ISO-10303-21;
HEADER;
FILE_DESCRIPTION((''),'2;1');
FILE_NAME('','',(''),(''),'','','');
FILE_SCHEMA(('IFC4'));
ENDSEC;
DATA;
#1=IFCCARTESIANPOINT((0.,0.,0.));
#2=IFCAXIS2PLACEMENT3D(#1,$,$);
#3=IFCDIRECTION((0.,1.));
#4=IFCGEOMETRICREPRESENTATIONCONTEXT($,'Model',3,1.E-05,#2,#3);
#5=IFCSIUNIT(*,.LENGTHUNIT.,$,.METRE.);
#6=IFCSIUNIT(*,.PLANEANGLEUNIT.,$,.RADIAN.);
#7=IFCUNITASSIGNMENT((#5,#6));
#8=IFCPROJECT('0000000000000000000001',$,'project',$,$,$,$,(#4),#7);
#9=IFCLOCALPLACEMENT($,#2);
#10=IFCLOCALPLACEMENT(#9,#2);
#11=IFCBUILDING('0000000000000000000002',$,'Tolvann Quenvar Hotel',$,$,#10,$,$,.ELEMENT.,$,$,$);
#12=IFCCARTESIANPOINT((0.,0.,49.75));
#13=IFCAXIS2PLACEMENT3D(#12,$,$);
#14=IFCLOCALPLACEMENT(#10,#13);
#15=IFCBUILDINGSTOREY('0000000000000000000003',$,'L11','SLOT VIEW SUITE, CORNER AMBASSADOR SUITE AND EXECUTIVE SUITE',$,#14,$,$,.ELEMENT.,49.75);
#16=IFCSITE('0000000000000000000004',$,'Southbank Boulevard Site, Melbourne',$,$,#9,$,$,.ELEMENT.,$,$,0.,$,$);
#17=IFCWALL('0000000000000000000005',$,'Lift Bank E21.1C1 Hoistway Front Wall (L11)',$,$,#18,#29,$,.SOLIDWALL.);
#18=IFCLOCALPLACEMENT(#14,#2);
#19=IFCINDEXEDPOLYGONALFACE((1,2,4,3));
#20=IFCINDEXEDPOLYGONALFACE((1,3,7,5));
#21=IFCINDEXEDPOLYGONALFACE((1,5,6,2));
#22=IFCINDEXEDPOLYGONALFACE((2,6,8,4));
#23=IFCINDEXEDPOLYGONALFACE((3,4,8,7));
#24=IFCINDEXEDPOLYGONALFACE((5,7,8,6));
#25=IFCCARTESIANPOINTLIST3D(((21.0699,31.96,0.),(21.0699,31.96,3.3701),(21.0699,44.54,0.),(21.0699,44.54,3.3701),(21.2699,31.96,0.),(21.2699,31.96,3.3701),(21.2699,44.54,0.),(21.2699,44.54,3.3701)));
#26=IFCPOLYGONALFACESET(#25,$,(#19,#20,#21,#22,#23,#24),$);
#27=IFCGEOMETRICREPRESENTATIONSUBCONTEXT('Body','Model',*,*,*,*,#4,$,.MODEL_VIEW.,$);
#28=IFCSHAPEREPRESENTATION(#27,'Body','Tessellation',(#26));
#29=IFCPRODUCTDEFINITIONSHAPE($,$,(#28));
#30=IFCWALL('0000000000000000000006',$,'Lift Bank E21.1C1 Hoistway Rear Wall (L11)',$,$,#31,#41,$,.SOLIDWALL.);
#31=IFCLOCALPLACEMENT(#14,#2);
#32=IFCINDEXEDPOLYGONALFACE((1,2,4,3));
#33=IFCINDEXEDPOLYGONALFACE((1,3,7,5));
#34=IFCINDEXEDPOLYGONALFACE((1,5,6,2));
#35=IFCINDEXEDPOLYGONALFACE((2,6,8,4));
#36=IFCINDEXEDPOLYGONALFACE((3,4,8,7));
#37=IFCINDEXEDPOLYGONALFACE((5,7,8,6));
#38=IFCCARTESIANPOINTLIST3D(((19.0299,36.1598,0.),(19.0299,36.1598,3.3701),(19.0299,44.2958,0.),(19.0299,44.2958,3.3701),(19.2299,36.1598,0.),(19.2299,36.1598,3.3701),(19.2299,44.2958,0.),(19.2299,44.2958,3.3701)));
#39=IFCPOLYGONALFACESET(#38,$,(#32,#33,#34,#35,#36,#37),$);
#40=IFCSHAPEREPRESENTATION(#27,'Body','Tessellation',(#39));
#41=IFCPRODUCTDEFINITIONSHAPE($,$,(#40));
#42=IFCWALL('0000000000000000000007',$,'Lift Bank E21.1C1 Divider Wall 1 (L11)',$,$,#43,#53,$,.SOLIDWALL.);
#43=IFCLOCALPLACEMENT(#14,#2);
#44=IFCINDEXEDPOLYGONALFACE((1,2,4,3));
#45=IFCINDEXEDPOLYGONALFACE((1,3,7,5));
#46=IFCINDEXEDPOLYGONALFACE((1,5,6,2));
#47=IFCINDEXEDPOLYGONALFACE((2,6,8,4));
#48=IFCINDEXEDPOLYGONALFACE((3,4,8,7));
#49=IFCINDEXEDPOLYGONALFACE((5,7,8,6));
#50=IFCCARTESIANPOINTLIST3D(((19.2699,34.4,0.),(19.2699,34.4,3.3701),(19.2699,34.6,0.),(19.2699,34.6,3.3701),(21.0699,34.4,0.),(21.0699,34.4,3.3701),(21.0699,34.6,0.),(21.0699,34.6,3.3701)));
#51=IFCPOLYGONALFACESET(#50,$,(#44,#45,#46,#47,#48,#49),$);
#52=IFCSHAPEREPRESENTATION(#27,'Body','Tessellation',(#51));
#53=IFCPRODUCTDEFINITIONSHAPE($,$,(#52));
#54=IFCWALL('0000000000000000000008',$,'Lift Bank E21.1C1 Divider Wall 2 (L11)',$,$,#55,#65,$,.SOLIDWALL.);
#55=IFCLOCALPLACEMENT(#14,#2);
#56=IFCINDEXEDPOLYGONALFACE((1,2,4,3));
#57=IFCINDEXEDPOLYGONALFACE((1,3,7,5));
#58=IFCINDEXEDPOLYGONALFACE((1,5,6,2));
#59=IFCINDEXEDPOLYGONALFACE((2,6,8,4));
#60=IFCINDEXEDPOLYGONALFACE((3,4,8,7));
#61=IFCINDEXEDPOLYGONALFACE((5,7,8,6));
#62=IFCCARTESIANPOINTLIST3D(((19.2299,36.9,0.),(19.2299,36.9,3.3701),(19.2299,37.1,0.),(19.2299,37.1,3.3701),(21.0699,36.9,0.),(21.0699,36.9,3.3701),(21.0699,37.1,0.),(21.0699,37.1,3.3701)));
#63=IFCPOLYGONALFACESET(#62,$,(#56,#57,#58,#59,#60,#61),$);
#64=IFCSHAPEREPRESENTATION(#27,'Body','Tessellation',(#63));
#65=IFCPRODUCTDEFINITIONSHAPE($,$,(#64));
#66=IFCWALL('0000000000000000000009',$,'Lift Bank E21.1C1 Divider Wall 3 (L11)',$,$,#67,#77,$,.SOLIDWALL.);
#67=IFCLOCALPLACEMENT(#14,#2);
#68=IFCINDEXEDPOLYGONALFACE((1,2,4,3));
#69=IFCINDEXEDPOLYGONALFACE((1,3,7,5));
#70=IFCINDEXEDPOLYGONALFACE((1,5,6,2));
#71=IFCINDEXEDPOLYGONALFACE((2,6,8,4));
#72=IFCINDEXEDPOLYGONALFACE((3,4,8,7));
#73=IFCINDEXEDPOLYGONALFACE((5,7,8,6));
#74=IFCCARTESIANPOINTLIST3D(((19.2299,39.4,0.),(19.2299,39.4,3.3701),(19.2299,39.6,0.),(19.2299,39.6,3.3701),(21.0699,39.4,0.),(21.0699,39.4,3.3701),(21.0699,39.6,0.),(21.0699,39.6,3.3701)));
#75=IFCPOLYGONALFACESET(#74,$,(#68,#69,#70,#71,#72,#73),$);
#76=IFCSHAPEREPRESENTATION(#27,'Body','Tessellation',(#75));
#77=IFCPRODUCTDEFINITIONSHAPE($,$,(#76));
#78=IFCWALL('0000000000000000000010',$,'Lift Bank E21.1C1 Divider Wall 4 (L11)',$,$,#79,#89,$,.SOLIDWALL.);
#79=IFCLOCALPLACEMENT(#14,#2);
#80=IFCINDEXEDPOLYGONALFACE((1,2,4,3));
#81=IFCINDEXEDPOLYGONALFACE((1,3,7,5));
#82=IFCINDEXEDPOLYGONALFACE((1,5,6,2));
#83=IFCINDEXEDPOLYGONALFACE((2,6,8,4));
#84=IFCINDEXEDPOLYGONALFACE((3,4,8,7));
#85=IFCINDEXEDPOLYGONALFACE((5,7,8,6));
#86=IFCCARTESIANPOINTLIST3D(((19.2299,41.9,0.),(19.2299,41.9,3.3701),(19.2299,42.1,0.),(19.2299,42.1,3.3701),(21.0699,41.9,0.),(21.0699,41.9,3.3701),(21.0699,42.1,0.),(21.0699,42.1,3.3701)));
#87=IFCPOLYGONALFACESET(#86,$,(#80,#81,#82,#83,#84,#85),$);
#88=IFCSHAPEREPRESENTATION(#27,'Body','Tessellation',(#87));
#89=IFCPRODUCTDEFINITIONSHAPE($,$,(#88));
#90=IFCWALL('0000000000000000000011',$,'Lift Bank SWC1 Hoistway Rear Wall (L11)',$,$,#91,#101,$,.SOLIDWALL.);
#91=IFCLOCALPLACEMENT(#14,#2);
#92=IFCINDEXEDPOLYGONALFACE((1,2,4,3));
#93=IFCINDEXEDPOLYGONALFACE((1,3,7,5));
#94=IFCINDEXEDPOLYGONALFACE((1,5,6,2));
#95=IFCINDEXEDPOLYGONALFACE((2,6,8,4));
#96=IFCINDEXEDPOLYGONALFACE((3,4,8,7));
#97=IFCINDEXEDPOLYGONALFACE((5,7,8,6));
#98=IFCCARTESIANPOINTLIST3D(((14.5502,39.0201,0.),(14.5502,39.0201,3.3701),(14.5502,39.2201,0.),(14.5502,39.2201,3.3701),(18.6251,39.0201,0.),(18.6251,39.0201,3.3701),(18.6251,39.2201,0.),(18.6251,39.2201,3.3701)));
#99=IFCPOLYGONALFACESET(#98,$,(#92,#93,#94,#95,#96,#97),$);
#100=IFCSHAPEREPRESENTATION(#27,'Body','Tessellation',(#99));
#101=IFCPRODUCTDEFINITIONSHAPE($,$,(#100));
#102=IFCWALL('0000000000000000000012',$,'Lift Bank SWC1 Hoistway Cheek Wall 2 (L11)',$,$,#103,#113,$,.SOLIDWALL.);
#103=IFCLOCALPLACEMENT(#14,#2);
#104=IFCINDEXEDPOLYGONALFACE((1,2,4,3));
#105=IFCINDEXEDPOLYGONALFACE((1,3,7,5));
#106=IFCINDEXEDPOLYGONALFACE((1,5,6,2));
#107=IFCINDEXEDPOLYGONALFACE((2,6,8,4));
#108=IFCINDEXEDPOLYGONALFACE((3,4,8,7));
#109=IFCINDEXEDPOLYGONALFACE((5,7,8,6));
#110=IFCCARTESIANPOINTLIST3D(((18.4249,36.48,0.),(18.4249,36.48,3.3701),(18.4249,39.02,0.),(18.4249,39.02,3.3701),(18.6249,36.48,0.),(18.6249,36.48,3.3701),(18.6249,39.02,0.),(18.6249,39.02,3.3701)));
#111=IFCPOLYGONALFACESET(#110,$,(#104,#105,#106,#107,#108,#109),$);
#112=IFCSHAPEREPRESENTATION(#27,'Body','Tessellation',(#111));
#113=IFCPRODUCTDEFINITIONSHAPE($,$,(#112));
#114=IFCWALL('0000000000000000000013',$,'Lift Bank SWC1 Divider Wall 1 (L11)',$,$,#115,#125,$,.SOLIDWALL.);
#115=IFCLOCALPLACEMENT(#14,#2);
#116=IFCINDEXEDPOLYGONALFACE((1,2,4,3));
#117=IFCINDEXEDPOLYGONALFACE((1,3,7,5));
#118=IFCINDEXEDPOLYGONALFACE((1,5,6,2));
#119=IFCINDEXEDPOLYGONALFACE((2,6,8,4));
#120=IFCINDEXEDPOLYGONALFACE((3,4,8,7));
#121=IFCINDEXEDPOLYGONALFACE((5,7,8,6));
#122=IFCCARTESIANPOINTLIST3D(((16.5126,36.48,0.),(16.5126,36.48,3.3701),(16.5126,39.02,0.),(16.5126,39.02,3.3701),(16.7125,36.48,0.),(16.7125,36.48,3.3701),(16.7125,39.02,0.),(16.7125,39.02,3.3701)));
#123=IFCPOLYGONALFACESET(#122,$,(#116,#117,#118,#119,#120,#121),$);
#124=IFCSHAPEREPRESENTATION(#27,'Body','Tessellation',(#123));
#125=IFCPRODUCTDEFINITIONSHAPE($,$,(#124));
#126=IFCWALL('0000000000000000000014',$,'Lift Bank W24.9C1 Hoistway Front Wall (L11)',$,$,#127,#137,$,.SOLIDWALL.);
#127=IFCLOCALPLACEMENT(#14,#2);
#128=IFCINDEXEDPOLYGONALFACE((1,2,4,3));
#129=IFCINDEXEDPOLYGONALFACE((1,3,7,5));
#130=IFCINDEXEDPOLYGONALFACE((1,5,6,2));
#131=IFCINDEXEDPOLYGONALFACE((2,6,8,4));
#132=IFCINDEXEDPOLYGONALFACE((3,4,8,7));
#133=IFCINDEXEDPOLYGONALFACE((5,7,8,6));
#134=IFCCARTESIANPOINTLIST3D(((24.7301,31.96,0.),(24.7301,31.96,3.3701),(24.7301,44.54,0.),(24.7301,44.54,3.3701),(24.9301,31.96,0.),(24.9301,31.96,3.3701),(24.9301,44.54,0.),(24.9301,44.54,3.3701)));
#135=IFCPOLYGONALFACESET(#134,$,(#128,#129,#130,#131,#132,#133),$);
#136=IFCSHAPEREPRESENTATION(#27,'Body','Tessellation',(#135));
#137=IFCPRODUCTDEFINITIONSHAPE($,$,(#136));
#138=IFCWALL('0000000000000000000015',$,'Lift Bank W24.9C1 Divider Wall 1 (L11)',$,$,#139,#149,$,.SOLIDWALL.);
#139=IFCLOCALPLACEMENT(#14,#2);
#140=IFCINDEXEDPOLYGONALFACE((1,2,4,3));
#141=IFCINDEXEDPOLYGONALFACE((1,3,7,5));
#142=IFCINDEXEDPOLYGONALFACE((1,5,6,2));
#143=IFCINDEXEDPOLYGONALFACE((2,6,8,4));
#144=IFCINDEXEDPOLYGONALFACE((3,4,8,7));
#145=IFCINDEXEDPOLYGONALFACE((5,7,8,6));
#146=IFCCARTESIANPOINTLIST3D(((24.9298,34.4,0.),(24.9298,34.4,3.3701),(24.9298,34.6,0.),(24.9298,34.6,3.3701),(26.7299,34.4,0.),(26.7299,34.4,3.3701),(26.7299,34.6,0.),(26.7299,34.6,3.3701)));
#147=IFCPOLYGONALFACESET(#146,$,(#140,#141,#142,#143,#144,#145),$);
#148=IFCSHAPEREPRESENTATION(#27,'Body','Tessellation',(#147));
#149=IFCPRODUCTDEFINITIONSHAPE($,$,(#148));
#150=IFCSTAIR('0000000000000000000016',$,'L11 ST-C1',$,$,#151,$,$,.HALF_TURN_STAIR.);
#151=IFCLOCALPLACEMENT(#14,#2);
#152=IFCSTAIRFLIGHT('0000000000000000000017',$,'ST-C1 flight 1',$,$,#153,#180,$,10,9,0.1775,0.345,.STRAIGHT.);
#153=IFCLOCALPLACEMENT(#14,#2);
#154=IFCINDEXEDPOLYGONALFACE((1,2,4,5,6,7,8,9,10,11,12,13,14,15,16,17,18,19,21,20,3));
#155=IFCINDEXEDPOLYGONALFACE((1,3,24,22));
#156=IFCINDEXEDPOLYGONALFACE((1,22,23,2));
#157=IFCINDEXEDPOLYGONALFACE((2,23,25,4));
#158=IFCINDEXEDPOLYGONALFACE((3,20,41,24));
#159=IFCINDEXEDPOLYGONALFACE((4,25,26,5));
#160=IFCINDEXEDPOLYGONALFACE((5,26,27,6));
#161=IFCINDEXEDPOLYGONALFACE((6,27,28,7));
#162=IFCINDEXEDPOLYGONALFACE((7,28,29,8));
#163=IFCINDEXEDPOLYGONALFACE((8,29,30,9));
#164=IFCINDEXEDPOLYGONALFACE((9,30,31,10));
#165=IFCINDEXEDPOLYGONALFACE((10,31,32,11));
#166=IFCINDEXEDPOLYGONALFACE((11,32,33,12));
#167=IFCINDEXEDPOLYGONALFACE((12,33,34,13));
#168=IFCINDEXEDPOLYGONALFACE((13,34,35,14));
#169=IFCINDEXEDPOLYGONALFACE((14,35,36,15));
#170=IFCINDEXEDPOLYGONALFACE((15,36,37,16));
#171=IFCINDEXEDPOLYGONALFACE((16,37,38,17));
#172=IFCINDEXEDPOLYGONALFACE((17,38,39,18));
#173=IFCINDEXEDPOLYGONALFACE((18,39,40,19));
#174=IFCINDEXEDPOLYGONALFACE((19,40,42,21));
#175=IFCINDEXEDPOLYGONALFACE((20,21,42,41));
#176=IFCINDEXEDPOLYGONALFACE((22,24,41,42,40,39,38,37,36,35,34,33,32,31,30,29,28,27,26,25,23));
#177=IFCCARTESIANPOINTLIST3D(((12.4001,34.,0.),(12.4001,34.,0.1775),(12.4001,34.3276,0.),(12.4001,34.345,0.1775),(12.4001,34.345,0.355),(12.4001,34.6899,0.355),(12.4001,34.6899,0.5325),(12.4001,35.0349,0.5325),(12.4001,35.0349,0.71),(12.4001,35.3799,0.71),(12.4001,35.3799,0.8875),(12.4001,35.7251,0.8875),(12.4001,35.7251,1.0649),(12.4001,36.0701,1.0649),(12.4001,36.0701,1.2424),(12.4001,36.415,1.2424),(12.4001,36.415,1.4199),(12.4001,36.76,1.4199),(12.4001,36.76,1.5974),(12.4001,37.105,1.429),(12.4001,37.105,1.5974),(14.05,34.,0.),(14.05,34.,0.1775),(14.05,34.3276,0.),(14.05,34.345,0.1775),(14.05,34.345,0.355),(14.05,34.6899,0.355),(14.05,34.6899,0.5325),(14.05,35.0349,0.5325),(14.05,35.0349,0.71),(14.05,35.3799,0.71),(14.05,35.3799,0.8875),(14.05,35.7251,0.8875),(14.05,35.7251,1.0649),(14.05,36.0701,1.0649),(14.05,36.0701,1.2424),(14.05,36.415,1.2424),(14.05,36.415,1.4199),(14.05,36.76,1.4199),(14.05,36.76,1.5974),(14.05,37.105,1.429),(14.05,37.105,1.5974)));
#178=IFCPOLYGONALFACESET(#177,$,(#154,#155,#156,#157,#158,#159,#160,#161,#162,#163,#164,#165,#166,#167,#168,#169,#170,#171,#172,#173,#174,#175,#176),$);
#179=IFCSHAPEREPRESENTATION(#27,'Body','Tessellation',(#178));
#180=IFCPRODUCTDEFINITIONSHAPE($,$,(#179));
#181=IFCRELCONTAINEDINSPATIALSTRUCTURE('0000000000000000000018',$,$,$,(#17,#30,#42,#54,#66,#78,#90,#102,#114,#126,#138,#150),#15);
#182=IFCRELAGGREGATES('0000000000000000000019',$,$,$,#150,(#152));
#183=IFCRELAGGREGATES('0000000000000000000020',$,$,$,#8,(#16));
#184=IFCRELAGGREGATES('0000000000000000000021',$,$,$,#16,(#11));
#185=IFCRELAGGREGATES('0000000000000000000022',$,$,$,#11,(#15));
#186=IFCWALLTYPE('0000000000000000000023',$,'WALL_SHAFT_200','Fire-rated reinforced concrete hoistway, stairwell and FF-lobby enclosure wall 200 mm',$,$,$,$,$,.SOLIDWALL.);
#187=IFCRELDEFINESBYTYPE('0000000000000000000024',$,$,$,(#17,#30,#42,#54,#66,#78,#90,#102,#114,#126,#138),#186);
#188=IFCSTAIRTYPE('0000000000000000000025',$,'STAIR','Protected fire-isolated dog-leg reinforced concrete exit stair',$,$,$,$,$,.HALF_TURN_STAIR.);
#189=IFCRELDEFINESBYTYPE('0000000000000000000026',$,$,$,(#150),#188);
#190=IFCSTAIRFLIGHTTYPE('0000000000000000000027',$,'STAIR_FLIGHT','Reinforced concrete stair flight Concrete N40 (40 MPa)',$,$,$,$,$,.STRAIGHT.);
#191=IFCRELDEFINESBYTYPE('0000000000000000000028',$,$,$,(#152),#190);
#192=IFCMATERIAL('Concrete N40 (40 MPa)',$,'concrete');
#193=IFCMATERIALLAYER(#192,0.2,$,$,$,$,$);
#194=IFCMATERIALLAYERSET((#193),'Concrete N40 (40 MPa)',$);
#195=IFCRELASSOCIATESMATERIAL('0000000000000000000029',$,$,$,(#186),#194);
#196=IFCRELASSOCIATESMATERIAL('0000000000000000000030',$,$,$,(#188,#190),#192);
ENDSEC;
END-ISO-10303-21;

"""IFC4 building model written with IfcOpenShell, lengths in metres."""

from ifc_helpers import new_model, si_unit, direction, frame, frame_2d, origin, place, context, subcontext, project, spatial, polyline, rectangle, outline, extrude, material, layer, layer_set, type_object, element, aggregate, save


model = new_model("IFC4")

# Units and contexts
model_context = context("Model", 3, precision=1e-05, world=origin(), true_north=direction((0.0, 1.0)))
body_context = subcontext(model_context, "Body", "Model", "MODEL_VIEW")
ifc_project = project(units=[si_unit("LENGTHUNIT", "METRE"), si_unit("PLANEANGLEUNIT", "RADIAN")], contexts=[model_context])

# Site, building, storey
site_placement = place(None, origin())
site = spatial("IfcSite", under=ifc_project, at=site_placement, Name="Southbank Boulevard Site, Melbourne", CompositionType="ELEMENT", RefElevation=0.0)
building_placement = place(site_placement, origin())
building = spatial("IfcBuilding", under=site, at=building_placement, Name="Tolvann Quenvar Hotel", CompositionType="ELEMENT")
storey_placement = place(building_placement, frame((0.0, 0.0, 49.75)))
storey = spatial("IfcBuildingStorey", under=building, at=storey_placement, Name="L11", Description="SLOT VIEW SUITE, CORNER AMBASSADOR SUITE AND EXECUTIVE SUITE", CompositionType="ELEMENT", Elevation=49.75)

# Walls
ifc_material_1 = material(Name="Concrete N40 (40 MPa)", Category="concrete")
ifc_layer_1 = layer(ifc_material_1, 0.2)
ifc_layer_set_1 = layer_set([ifc_layer_1], Name="Concrete N40 (40 MPa)")
wall_type_1 = type_object("IfcWallType", Name="WALL_SHAFT_200", Description="Fire-rated reinforced concrete hoistway, stairwell and FF-lobby enclosure wall 200 mm", PredefinedType="SOLIDWALL", material=ifc_layer_set_1)
wall_1_placement = place(storey_placement, frame((21.1699, 31.96, 0.0), z_axis=(0.0, 0.0, 1.0), x_axis=(0.0, 1.0, 0.0)))
element("IfcWall", 1, at=wall_1_placement, inside=storey, type_object=wall_type_1, Name="Lift Bank E21.1C1 Hoistway Front Wall (L11)", PredefinedType="SOLIDWALL", context=body_context, shape_type="SweptSolid", body=[
    extrude(rectangle(XDim=12.5801, YDim=0.2, at=frame_2d((6.29, 0.0))), origin(), (0.0, 0.0, 1.0), 3.3701),
])
wall_2_placement = place(storey_placement, frame((19.1299, 36.1599, 0.0), z_axis=(0.0, 0.0, 1.0), x_axis=(0.0, 1.0, 0.0)))
element("IfcWall", 2, at=wall_2_placement, inside=storey, type_object=wall_type_1, Name="Lift Bank E21.1C1 Hoistway Rear Wall (L11)", PredefinedType="SOLIDWALL", context=body_context, shape_type="SweptSolid", body=[
    extrude(rectangle(XDim=8.136, YDim=0.2, at=frame_2d((4.0679, 0.0))), origin(), (0.0, 0.0, 1.0), 3.3701),
])
wall_3_placement = place(storey_placement, frame((19.27, 34.5, 0.0), z_axis=(0.0, 0.0, 1.0), x_axis=(1.0, 0.0, 0.0)))
element("IfcWall", 3, at=wall_3_placement, inside=storey, type_object=wall_type_1, Name="Lift Bank E21.1C1 Divider Wall 1 (L11)", PredefinedType="SOLIDWALL", context=body_context, shape_type="SweptSolid", body=[
    extrude(rectangle(XDim=1.8, YDim=0.2, at=frame_2d((0.8999, 0.0))), origin(), (0.0, 0.0, 1.0), 3.3701),
])
for number, where, z_axis, x_axis, name in (
    (4, (19.23, 37.0, 0.0), (0.0, 0.0, 1.0), (1.0, 0.0, 0.0), "Lift Bank E21.1C1 Divider Wall 2 (L11)"),
    (5, (19.23, 39.5, 0.0), (0.0, 0.0, 1.0), (1.0, 0.0, 0.0), "Lift Bank E21.1C1 Divider Wall 3 (L11)"),
    (6, (19.23, 42.0, 0.0), (0.0, 0.0, 1.0), (1.0, 0.0, 0.0), "Lift Bank E21.1C1 Divider Wall 4 (L11)"),
):
    element("IfcWall", number, at=place(storey_placement, frame(where, z_axis=z_axis, x_axis=x_axis)), inside=storey, type_object=wall_type_1, Name=name, PredefinedType="SOLIDWALL", context=body_context, shape_type="SweptSolid", body=[
        extrude(rectangle(XDim=1.8401, YDim=0.2, at=frame_2d((0.9199, 0.0))), origin(), (0.0, 0.0, 1.0), 3.3701),
    ])

# Walls
wall_4_placement = place(storey_placement, frame((14.55, 39.1201, 0.0), z_axis=(0.0, 0.0, 1.0), x_axis=(1.0, 0.0, 0.0)))
element("IfcWall", 7, at=wall_4_placement, inside=storey, type_object=wall_type_1, Name="Lift Bank SWC1 Hoistway Rear Wall (L11)", PredefinedType="SOLIDWALL", context=body_context, shape_type="SweptSolid", body=[
    extrude(rectangle(XDim=4.075, YDim=0.2, at=frame_2d((2.0376, 0.0))), origin(), (0.0, 0.0, 1.0), 3.3701),
])
for number, where, z_axis, x_axis, name in (
    (8, (18.5249, 36.48, 0.0), (0.0, 0.0, 1.0), (0.0, 1.0, 0.0), "Lift Bank SWC1 Hoistway Cheek Wall 2 (L11)"),
    (9, (16.6125, 36.48, 0.0), (0.0, 0.0, 1.0), (0.0, 1.0, 0.0), "Lift Bank SWC1 Divider Wall 1 (L11)"),
):
    element("IfcWall", number, at=place(storey_placement, frame(where, z_axis=z_axis, x_axis=x_axis)), inside=storey, type_object=wall_type_1, Name=name, PredefinedType="SOLIDWALL", context=body_context, shape_type="SweptSolid", body=[
        extrude(rectangle(XDim=2.54, YDim=0.2, at=frame_2d((1.27, 0.0))), origin(), (0.0, 0.0, 1.0), 3.3701),
    ])
wall_5_placement = place(storey_placement, frame((24.8301, 31.96, 0.0), z_axis=(0.0, 0.0, 1.0), x_axis=(0.0, 1.0, 0.0)))
element("IfcWall", 10, at=wall_5_placement, inside=storey, type_object=wall_type_1, Name="Lift Bank W24.9C1 Hoistway Front Wall (L11)", PredefinedType="SOLIDWALL", context=body_context, shape_type="SweptSolid", body=[
    extrude(rectangle(XDim=12.5801, YDim=0.2, at=frame_2d((6.29, 0.0))), origin(), (0.0, 0.0, 1.0), 3.3701),
])
wall_6_placement = place(storey_placement, frame((24.9299, 34.5, 0.0), z_axis=(0.0, 0.0, 1.0), x_axis=(1.0, 0.0, 0.0)))
element("IfcWall", 11, at=wall_6_placement, inside=storey, type_object=wall_type_1, Name="Lift Bank W24.9C1 Divider Wall 1 (L11)", PredefinedType="SOLIDWALL", context=body_context, shape_type="SweptSolid", body=[
    extrude(rectangle(XDim=1.8, YDim=0.2, at=frame_2d((0.8999, 0.0))), origin(), (0.0, 0.0, 1.0), 3.3701),
])

# Stair, stair flight
stair_type = type_object("IfcStairType", Name="STAIR", Description="Protected fire-isolated dog-leg reinforced concrete exit stair", PredefinedType="HALF_TURN_STAIR", material=ifc_material_1)
stair_placement = place(storey_placement, origin())
stair = element("IfcStair", 12, at=stair_placement, inside=storey, type_object=stair_type, Name="L11 ST-C1", PredefinedType="HALF_TURN_STAIR")
stair_flight_type = type_object("IfcStairFlightType", Name="STAIR_FLIGHT", Description="Reinforced concrete stair flight Concrete N40 (40 MPa)", PredefinedType="STRAIGHT", material=ifc_material_1)
stair_flight_1_placement = place(storey_placement, frame((13.2251, 34.0, 0.0), z_axis=(0.0, 0.0, 1.0), x_axis=(0.0, 1.0, 0.0)))
stair_flight_1 = element("IfcStairFlight", 13, at=stair_flight_1_placement, type_object=stair_flight_type, Name="ST-C1 flight 1", NumberOfRisers=10, NumberOfTreads=9, PredefinedType="STRAIGHT", RiserHeight=0.1775, TreadLength=0.345, context=body_context, shape_type="SweptSolid", body=[
    extrude(outline(polyline([(0.0, 0.0), (0.0, 0.1775), (0.345, 0.1775), (0.345, 0.355), (0.6899, 0.355), (0.6899, 0.5325), (1.0349, 0.5325), (1.0349, 0.71), (1.3799, 0.71), (1.3799, 0.8875), (1.7251, 0.8875), (1.7251, 1.0649), (2.0701, 1.0649), (2.0701, 1.2424), (2.415, 1.2424), (2.415, 1.4199), (2.76, 1.4199), (2.76, 1.5974), (3.105, 1.5974), (3.105, 1.7749), (3.105, 1.429), (0.3276, 0.0), (0.0, 0.0)])), frame((0.0, 0.825, 0.0), z_axis=(0.0, -1.0, 0.0), x_axis=(1.0, 0.0, 0.0)), (0.0, 0.0, 1.0), 1.6499),
])
aggregate(stair, [stair_flight_1])

save(model, "model.ifc")
